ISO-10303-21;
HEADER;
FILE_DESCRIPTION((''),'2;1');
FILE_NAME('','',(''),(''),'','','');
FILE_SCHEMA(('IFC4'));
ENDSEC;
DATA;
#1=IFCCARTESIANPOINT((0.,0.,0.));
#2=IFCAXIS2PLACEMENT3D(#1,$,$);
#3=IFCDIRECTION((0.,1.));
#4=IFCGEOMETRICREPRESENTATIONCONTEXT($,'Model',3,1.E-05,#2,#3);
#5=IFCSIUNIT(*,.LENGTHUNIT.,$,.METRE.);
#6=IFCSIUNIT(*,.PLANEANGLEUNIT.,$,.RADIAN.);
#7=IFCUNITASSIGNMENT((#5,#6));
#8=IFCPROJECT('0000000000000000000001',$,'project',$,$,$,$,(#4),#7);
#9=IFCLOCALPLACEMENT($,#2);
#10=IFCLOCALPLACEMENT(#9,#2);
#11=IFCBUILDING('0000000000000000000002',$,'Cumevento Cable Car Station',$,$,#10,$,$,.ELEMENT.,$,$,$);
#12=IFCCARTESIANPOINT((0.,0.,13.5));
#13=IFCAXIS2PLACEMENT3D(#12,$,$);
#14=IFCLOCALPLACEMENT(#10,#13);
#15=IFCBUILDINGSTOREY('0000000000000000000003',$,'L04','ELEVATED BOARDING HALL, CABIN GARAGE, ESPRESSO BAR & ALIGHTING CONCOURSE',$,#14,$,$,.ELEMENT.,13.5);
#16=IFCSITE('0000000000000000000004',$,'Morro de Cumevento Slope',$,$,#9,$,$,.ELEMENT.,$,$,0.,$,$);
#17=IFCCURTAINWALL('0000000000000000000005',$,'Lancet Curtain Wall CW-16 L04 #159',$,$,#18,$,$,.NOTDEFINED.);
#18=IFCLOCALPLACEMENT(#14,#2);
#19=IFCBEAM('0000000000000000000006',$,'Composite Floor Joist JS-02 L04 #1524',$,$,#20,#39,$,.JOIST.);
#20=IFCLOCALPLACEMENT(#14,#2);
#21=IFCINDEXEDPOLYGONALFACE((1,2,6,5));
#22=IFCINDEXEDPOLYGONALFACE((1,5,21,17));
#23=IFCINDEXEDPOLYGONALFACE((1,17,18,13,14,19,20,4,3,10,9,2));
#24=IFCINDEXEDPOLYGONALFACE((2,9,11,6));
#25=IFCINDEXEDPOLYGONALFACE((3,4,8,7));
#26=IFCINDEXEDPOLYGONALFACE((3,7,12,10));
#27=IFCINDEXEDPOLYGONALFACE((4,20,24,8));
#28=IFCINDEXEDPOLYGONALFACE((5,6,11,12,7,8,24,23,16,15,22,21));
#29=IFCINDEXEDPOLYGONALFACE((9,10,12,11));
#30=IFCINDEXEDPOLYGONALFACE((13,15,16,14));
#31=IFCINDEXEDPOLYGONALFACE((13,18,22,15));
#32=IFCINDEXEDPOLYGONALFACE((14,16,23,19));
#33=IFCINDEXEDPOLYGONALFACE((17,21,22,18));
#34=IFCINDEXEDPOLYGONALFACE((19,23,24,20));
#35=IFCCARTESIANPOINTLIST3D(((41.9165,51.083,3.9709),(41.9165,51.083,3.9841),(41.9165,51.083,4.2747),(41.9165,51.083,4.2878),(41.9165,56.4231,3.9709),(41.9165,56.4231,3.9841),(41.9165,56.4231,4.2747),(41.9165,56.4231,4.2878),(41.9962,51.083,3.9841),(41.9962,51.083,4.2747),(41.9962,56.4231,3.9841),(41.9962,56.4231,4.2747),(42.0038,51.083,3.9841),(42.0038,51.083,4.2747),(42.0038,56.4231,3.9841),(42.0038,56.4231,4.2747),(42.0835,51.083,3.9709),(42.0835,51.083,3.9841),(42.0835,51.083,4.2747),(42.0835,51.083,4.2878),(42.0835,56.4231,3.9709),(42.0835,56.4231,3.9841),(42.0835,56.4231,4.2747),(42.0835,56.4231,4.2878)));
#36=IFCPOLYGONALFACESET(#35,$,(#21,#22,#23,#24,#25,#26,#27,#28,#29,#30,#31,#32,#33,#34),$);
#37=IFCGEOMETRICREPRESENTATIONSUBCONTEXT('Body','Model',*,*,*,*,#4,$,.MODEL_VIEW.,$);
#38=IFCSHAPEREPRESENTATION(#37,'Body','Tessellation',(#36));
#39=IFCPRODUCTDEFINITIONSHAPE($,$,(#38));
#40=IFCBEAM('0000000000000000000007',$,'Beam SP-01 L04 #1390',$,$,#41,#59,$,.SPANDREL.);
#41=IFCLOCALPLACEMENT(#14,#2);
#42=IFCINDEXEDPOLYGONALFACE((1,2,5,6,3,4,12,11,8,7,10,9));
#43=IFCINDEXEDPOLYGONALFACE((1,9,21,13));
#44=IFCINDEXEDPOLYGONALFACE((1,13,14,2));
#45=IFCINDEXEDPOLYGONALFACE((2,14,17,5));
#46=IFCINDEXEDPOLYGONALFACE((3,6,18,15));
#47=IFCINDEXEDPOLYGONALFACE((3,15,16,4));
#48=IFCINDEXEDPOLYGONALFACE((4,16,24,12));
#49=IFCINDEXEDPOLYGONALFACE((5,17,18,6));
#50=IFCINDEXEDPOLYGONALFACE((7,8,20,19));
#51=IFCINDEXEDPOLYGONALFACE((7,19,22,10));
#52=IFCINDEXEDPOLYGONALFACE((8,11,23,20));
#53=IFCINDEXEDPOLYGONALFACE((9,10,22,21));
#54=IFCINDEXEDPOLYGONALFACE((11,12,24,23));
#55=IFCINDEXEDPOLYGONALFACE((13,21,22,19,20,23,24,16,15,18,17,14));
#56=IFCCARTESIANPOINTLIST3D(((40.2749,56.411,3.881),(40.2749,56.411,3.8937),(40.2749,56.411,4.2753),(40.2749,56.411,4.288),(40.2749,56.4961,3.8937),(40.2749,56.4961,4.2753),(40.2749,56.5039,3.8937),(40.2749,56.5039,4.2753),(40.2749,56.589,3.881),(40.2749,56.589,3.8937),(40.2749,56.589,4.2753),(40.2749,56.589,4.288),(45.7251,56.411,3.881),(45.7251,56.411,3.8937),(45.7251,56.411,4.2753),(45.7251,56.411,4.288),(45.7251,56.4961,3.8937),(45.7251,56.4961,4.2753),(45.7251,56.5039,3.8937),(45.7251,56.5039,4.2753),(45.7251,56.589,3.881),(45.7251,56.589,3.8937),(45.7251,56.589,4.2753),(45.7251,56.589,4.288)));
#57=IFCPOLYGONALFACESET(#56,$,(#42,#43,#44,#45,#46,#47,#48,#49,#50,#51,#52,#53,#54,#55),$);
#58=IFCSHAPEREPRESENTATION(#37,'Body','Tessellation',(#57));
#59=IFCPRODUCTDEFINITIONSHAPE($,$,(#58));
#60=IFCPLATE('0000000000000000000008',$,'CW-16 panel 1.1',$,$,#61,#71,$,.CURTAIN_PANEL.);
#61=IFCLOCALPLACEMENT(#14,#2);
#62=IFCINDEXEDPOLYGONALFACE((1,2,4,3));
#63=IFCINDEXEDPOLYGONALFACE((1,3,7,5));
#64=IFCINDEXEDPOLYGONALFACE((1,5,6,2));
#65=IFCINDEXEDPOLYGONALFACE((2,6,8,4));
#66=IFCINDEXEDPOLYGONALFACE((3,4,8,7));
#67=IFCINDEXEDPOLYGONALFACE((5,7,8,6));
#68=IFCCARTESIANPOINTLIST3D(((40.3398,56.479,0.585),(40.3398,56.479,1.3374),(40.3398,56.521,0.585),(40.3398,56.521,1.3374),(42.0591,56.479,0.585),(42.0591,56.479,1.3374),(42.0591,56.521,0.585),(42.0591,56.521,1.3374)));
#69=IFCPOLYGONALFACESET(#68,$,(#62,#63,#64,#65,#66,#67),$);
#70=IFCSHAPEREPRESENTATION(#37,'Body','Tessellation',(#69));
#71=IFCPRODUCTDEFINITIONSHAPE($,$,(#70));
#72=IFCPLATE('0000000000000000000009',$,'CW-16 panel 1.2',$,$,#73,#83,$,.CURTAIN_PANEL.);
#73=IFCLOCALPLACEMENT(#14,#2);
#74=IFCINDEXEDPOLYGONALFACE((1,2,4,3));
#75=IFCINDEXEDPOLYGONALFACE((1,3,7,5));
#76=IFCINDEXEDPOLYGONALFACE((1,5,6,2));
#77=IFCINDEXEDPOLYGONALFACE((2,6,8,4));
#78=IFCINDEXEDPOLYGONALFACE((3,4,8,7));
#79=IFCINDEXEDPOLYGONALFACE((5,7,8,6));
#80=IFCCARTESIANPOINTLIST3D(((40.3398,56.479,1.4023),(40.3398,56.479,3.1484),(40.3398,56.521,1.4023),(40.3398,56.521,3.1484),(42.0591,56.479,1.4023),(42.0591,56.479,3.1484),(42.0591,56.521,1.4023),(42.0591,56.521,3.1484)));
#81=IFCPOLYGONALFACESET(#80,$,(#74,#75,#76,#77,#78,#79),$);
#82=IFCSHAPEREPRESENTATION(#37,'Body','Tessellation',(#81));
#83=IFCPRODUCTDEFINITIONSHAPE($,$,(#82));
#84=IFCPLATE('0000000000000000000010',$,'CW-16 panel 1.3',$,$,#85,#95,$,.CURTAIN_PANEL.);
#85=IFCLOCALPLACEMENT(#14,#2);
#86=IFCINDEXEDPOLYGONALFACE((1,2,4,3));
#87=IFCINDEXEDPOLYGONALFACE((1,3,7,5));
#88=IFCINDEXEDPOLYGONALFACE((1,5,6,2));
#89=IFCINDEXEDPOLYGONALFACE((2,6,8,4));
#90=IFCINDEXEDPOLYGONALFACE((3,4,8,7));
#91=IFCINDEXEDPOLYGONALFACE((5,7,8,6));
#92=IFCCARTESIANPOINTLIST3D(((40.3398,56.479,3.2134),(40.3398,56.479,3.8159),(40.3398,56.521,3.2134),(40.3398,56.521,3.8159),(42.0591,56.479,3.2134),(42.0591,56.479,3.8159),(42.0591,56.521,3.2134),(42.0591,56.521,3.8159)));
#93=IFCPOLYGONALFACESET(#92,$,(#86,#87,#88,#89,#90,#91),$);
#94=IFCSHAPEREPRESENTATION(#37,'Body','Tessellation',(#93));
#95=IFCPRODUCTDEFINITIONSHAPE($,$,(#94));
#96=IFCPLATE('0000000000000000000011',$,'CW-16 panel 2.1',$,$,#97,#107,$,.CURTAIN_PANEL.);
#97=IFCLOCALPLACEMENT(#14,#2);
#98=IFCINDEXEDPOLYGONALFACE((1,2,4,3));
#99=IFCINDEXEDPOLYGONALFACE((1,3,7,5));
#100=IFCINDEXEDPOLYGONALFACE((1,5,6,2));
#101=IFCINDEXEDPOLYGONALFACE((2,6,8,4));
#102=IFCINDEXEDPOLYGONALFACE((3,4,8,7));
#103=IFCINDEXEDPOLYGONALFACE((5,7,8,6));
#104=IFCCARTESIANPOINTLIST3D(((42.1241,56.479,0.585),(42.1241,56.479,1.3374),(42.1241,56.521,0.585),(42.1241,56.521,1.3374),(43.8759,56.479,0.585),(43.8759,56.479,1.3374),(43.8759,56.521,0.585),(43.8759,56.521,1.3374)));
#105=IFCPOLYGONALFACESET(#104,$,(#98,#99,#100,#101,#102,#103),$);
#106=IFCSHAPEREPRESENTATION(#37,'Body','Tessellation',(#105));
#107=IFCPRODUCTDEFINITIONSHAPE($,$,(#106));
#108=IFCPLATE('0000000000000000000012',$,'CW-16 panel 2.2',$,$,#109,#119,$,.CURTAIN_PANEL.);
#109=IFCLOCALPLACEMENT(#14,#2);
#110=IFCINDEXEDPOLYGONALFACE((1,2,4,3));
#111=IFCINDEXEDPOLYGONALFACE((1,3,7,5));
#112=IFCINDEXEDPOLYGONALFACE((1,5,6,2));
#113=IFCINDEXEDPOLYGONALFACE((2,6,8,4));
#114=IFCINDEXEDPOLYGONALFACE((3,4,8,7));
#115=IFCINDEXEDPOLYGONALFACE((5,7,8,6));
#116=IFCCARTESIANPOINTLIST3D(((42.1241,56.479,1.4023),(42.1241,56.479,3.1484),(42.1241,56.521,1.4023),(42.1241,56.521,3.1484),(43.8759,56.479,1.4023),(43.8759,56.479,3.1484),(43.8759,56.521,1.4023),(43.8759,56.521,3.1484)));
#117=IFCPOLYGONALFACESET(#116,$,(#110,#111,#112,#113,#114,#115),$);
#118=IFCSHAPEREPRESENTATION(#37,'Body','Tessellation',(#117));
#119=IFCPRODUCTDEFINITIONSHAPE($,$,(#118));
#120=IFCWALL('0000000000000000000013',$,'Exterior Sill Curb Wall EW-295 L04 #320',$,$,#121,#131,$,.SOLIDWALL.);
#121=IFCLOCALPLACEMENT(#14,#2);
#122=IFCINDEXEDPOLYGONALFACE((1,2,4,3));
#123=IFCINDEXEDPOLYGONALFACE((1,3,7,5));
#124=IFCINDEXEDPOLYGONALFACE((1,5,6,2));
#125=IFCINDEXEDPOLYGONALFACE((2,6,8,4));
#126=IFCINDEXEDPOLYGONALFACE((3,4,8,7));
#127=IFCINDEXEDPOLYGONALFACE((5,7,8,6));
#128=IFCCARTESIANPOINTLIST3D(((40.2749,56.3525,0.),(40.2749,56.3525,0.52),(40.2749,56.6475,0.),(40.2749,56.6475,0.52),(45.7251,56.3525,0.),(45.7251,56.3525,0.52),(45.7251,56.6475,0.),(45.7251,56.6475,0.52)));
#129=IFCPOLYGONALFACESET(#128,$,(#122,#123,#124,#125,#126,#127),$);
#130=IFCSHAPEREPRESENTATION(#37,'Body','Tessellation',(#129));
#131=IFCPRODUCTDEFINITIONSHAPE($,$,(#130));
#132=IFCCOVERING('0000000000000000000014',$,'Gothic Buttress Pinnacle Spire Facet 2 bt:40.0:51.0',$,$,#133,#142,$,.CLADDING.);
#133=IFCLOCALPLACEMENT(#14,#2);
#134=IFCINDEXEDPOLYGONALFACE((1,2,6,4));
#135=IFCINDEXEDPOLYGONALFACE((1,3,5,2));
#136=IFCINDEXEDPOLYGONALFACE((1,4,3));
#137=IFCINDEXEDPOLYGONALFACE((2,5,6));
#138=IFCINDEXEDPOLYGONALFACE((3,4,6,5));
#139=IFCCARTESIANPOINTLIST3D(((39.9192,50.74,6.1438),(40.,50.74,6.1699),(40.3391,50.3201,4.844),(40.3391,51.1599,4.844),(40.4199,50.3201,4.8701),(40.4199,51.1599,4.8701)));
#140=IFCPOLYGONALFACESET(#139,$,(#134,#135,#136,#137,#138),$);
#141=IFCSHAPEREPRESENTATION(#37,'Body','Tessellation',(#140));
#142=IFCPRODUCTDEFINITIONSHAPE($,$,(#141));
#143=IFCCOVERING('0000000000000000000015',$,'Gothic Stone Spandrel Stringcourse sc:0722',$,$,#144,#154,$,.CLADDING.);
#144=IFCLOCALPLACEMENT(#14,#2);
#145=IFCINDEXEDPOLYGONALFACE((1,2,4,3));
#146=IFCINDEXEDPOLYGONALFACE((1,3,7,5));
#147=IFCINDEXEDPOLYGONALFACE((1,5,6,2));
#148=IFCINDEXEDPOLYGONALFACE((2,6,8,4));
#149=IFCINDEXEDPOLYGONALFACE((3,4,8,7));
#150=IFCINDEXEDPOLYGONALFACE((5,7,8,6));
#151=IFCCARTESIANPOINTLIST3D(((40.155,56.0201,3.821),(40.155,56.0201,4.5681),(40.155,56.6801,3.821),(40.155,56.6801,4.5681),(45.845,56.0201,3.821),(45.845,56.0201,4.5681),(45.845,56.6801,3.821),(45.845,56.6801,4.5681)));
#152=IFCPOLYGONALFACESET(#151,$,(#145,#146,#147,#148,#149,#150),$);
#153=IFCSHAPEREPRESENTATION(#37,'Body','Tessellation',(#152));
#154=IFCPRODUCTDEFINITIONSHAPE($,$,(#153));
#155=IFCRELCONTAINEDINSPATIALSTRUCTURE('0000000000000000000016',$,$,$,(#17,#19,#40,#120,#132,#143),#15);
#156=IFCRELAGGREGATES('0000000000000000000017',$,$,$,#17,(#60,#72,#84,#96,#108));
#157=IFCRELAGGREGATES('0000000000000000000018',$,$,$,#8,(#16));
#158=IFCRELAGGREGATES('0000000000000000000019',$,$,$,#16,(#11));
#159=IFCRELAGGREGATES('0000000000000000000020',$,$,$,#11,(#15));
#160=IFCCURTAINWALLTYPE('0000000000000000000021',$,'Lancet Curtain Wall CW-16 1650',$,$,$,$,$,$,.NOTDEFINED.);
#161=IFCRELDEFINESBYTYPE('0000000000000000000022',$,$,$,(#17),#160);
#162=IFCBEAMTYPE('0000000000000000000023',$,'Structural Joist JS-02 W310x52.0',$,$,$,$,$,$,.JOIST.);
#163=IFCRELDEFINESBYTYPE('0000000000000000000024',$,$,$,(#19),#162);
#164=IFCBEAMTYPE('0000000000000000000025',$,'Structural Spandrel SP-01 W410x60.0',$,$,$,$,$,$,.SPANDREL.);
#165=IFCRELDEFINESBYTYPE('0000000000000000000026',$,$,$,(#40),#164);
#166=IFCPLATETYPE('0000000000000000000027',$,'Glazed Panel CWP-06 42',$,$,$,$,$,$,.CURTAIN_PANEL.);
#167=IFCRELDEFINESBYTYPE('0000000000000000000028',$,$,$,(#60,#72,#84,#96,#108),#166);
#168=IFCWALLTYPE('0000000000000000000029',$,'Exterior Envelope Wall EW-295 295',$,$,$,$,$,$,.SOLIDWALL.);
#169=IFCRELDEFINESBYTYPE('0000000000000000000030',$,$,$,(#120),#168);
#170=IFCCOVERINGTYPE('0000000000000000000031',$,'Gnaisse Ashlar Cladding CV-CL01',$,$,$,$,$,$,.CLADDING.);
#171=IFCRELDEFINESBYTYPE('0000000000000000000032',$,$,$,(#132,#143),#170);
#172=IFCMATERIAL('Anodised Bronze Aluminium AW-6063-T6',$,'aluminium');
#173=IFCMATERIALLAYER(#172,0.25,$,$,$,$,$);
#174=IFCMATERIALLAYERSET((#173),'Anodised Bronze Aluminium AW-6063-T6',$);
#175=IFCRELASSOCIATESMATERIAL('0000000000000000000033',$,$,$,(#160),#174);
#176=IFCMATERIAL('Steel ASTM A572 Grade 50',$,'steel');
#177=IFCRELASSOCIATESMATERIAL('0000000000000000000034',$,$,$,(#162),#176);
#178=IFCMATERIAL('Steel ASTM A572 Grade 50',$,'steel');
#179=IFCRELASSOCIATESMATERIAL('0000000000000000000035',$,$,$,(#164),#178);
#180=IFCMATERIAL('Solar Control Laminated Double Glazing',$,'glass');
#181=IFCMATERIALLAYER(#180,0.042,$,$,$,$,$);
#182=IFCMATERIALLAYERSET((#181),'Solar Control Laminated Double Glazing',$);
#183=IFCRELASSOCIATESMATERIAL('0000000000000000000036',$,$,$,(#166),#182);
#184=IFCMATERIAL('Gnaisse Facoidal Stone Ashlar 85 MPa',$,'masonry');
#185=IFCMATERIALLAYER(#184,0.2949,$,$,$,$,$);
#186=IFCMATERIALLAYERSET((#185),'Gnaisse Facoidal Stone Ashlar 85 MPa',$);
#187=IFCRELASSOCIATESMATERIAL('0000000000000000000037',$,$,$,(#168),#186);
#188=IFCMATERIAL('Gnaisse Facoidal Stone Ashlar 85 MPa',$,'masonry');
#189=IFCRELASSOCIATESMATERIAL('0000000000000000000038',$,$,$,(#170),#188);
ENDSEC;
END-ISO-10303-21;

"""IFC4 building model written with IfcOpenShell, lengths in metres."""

from ifc_helpers import new_model, si_unit, direction, frame, frame_2d, origin, origin_2d, place, context, subcontext, project, spatial, polyline, rectangle, i_section, outline, extrude, material, layer, layer_set, material_profile, profile_set, type_object, element, aggregate, save


model = new_model("IFC4")

# Units and contexts
model_context = context("Model", 3, precision=1e-05, world=origin(), true_north=direction((0.0, 1.0)))
body_context = subcontext(model_context, "Body", "Model", "MODEL_VIEW")
ifc_project = project(units=[si_unit("LENGTHUNIT", "METRE"), si_unit("PLANEANGLEUNIT", "RADIAN")], contexts=[model_context])

# Site, building, storey
site_placement = place(None, origin())
site = spatial("IfcSite", under=ifc_project, at=site_placement, Name="Morro de Cumevento Slope", CompositionType="ELEMENT", RefElevation=0.0)
building_placement = place(site_placement, origin())
building = spatial("IfcBuilding", under=site, at=building_placement, Name="Cumevento Cable Car Station", CompositionType="ELEMENT")
storey_placement = place(building_placement, frame((0.0, 0.0, 13.5)))
storey = spatial("IfcBuildingStorey", under=building, at=storey_placement, Name="L04", Description="ELEVATED BOARDING HALL, CABIN GARAGE, ESPRESSO BAR & ALIGHTING CONCOURSE", CompositionType="ELEMENT", Elevation=13.5)

# Curtain wall
ifc_material_1 = material(Name="Anodised Bronze Aluminium AW-6063-T6", Category="aluminium")
ifc_layer_1 = layer(ifc_material_1, 0.25)
ifc_layer_set_1 = layer_set([ifc_layer_1], Name="Anodised Bronze Aluminium AW-6063-T6")
curtain_wall_type = type_object("IfcCurtainWallType", Name="Lancet Curtain Wall CW-16 1650", PredefinedType="NOTDEFINED", material=ifc_layer_set_1)
curtain_wall_placement = place(storey_placement, origin())
curtain_wall = element("IfcCurtainWall", 1, at=curtain_wall_placement, inside=storey, type_object=curtain_wall_type, Name="Lancet Curtain Wall CW-16 L04 #159", PredefinedType="NOTDEFINED")

# Beams
ifc_material_2 = material(Name="Steel ASTM A572 Grade 50", Category="steel")
ifc_material_profile_1 = material_profile(ifc_material_2, i_section(OverallWidth=0.167, OverallDepth=0.3169, WebThickness=0.0076, FlangeThickness=0.0132, at=origin_2d()), Name="W310x52.0")
ifc_profile_set_1 = profile_set([ifc_material_profile_1], Name="Steel ASTM A572 Grade 50")
beam_type_1 = type_object("IfcBeamType", Name="Structural Joist JS-02 W310x52.0", PredefinedType="JOIST", material=ifc_profile_set_1)
beam_1_placement = place(storey_placement, frame((42.0, 51.083, 4.1294), z_axis=(0.0, 1.0, 0.0), x_axis=(-1.0, 0.0, 0.0)))
element("IfcBeam", 2, at=beam_1_placement, inside=storey, type_object=beam_type_1, Name="Composite Floor Joist JS-02 L04 #1524", PredefinedType="JOIST", context=body_context, shape_type="SweptSolid", body=[
    extrude(i_section(OverallWidth=0.167, OverallDepth=0.3169, WebThickness=0.0076, FlangeThickness=0.0132, at=origin_2d()), origin(), (0.0, 0.0, 1.0), 5.3401),
])
ifc_material_3 = material(Name="Steel ASTM A572 Grade 50", Category="steel")
ifc_material_profile_2 = material_profile(ifc_material_3, i_section(OverallWidth=0.178, OverallDepth=0.407, WebThickness=0.0078, FlangeThickness=0.0127, at=origin_2d()), Name="W410x60.0")
ifc_profile_set_2 = profile_set([ifc_material_profile_2], Name="Steel ASTM A572 Grade 50")
beam_type_2 = type_object("IfcBeamType", Name="Structural Spandrel SP-01 W410x60.0", PredefinedType="SPANDREL", material=ifc_profile_set_2)
beam_2_placement = place(storey_placement, frame((40.2749, 56.5, 4.0845), z_axis=(1.0, 0.0, 0.0), x_axis=(0.0, 1.0, 0.0)))
element("IfcBeam", 3, at=beam_2_placement, inside=storey, type_object=beam_type_2, Name="Beam SP-01 L04 #1390", PredefinedType="SPANDREL", context=body_context, shape_type="SweptSolid", body=[
    extrude(i_section(OverallWidth=0.178, OverallDepth=0.407, WebThickness=0.0078, FlangeThickness=0.0127, at=origin_2d()), origin(), (0.0, 0.0, 1.0), 5.4502),
])

# Plates
ifc_material_4 = material(Name="Solar Control Laminated Double Glazing", Category="glass")
ifc_layer_2 = layer(ifc_material_4, 0.042)
ifc_layer_set_2 = layer_set([ifc_layer_2], Name="Solar Control Laminated Double Glazing")
plate_type = type_object("IfcPlateType", Name="Glazed Panel CWP-06 42", PredefinedType="CURTAIN_PANEL", material=ifc_layer_set_2)
plate_1_placement = place(storey_placement, frame((41.1995, 56.5, 0.585), z_axis=(0.0, 0.0, 1.0), x_axis=(1.0, 0.0, 0.0)))
plate_1 = element("IfcPlate", 4, at=plate_1_placement, type_object=plate_type, Name="CW-16 panel 1.1", PredefinedType="CURTAIN_PANEL", context=body_context, shape_type="SweptSolid", body=[
    extrude(rectangle(XDim=1.7192, YDim=0.042, at=origin_2d()), origin(), (0.0, 0.0, 1.0), 0.7524),
])
plate_2_placement = place(storey_placement, frame((41.1995, 56.5, 1.4023), z_axis=(0.0, 0.0, 1.0), x_axis=(1.0, 0.0, 0.0)))
plate_2 = element("IfcPlate", 5, at=plate_2_placement, type_object=plate_type, Name="CW-16 panel 1.2", PredefinedType="CURTAIN_PANEL", context=body_context, shape_type="SweptSolid", body=[
    extrude(rectangle(XDim=1.7192, YDim=0.042, at=origin_2d()), origin(), (0.0, 0.0, 1.0), 1.7461),
])
plate_3_placement = place(storey_placement, frame((41.1995, 56.5, 3.2134), z_axis=(0.0, 0.0, 1.0), x_axis=(1.0, 0.0, 0.0)))
plate_3 = element("IfcPlate", 6, at=plate_3_placement, type_object=plate_type, Name="CW-16 panel 1.3", PredefinedType="CURTAIN_PANEL", context=body_context, shape_type="SweptSolid", body=[
    extrude(rectangle(XDim=1.7192, YDim=0.042, at=origin_2d()), origin(), (0.0, 0.0, 1.0), 0.6025),
])
plate_4_placement = place(storey_placement, frame((43.0, 56.5, 0.585), z_axis=(0.0, 0.0, 1.0), x_axis=(1.0, 0.0, 0.0)))
plate_4 = element("IfcPlate", 7, at=plate_4_placement, type_object=plate_type, Name="CW-16 panel 2.1", PredefinedType="CURTAIN_PANEL", context=body_context, shape_type="SweptSolid", body=[
    extrude(rectangle(XDim=1.7517, YDim=0.042, at=origin_2d()), origin(), (0.0, 0.0, 1.0), 0.7524),
])
plate_5_placement = place(storey_placement, frame((43.0, 56.5, 1.4023), z_axis=(0.0, 0.0, 1.0), x_axis=(1.0, 0.0, 0.0)))
plate_5 = element("IfcPlate", 8, at=plate_5_placement, type_object=plate_type, Name="CW-16 panel 2.2", PredefinedType="CURTAIN_PANEL", context=body_context, shape_type="SweptSolid", body=[
    extrude(rectangle(XDim=1.7517, YDim=0.042, at=origin_2d()), origin(), (0.0, 0.0, 1.0), 1.7461),
])
aggregate(curtain_wall, [plate_1, plate_2, plate_3, plate_4, plate_5])

# Wall
ifc_material_5 = material(Name="Gnaisse Facoidal Stone Ashlar 85 MPa", Category="masonry")
ifc_layer_3 = layer(ifc_material_5, 0.2949)
ifc_layer_set_3 = layer_set([ifc_layer_3], Name="Gnaisse Facoidal Stone Ashlar 85 MPa")
wall_type = type_object("IfcWallType", Name="Exterior Envelope Wall EW-295 295", PredefinedType="SOLIDWALL", material=ifc_layer_set_3)
wall_placement = place(storey_placement, frame((40.2749, 56.5, 0.0), z_axis=(0.0, 0.0, 1.0), x_axis=(1.0, 0.0, 0.0)))
element("IfcWall", 9, at=wall_placement, inside=storey, type_object=wall_type, Name="Exterior Sill Curb Wall EW-295 L04 #320", PredefinedType="SOLIDWALL", context=body_context, shape_type="SweptSolid", body=[
    extrude(rectangle(XDim=5.4502, YDim=0.2949, at=frame_2d((2.7251, 0.0))), origin(), (0.0, 0.0, 1.0), 0.52),
])

# Coverings
ifc_material_6 = material(Name="Gnaisse Facoidal Stone Ashlar 85 MPa", Category="masonry")
covering_type = type_object("IfcCoveringType", Name="Gnaisse Ashlar Cladding CV-CL01", PredefinedType="CLADDING", material=ifc_material_6)
covering_1_placement = place(storey_placement, frame((40.4199, 51.1599, 4.8701), z_axis=(0.951574, 0.0, 0.307421), x_axis=(0.0, -1.0, 0.0)))
element("IfcCovering", 10, at=covering_1_placement, inside=storey, type_object=covering_type, Name="Gothic Buttress Pinnacle Spire Facet 2 bt:40.0:51.0", PredefinedType="CLADDING", context=body_context, shape_type="SweptSolid", body=[
    extrude(outline(polyline([(0.0, 0.0), (0.8398, 0.0), (0.4199, -1.366), (0.0, 0.0)])), origin(), (0.0, 0.0, -1.0), 0.085),
])
covering_2_placement = place(storey_placement, frame((43.0, 56.3501, 3.821), z_axis=(0.0, 0.0, 1.0), x_axis=(1.0, 0.0, 0.0)))
element("IfcCovering", 11, at=covering_2_placement, inside=storey, type_object=covering_type, Name="Gothic Stone Spandrel Stringcourse sc:0722", PredefinedType="CLADDING", context=body_context, shape_type="SweptSolid", body=[
    extrude(rectangle(XDim=5.6899, YDim=0.6599, at=origin_2d()), origin(), (0.0, 0.0, 1.0), 0.7471),
])

save(model, "model.ifc")
